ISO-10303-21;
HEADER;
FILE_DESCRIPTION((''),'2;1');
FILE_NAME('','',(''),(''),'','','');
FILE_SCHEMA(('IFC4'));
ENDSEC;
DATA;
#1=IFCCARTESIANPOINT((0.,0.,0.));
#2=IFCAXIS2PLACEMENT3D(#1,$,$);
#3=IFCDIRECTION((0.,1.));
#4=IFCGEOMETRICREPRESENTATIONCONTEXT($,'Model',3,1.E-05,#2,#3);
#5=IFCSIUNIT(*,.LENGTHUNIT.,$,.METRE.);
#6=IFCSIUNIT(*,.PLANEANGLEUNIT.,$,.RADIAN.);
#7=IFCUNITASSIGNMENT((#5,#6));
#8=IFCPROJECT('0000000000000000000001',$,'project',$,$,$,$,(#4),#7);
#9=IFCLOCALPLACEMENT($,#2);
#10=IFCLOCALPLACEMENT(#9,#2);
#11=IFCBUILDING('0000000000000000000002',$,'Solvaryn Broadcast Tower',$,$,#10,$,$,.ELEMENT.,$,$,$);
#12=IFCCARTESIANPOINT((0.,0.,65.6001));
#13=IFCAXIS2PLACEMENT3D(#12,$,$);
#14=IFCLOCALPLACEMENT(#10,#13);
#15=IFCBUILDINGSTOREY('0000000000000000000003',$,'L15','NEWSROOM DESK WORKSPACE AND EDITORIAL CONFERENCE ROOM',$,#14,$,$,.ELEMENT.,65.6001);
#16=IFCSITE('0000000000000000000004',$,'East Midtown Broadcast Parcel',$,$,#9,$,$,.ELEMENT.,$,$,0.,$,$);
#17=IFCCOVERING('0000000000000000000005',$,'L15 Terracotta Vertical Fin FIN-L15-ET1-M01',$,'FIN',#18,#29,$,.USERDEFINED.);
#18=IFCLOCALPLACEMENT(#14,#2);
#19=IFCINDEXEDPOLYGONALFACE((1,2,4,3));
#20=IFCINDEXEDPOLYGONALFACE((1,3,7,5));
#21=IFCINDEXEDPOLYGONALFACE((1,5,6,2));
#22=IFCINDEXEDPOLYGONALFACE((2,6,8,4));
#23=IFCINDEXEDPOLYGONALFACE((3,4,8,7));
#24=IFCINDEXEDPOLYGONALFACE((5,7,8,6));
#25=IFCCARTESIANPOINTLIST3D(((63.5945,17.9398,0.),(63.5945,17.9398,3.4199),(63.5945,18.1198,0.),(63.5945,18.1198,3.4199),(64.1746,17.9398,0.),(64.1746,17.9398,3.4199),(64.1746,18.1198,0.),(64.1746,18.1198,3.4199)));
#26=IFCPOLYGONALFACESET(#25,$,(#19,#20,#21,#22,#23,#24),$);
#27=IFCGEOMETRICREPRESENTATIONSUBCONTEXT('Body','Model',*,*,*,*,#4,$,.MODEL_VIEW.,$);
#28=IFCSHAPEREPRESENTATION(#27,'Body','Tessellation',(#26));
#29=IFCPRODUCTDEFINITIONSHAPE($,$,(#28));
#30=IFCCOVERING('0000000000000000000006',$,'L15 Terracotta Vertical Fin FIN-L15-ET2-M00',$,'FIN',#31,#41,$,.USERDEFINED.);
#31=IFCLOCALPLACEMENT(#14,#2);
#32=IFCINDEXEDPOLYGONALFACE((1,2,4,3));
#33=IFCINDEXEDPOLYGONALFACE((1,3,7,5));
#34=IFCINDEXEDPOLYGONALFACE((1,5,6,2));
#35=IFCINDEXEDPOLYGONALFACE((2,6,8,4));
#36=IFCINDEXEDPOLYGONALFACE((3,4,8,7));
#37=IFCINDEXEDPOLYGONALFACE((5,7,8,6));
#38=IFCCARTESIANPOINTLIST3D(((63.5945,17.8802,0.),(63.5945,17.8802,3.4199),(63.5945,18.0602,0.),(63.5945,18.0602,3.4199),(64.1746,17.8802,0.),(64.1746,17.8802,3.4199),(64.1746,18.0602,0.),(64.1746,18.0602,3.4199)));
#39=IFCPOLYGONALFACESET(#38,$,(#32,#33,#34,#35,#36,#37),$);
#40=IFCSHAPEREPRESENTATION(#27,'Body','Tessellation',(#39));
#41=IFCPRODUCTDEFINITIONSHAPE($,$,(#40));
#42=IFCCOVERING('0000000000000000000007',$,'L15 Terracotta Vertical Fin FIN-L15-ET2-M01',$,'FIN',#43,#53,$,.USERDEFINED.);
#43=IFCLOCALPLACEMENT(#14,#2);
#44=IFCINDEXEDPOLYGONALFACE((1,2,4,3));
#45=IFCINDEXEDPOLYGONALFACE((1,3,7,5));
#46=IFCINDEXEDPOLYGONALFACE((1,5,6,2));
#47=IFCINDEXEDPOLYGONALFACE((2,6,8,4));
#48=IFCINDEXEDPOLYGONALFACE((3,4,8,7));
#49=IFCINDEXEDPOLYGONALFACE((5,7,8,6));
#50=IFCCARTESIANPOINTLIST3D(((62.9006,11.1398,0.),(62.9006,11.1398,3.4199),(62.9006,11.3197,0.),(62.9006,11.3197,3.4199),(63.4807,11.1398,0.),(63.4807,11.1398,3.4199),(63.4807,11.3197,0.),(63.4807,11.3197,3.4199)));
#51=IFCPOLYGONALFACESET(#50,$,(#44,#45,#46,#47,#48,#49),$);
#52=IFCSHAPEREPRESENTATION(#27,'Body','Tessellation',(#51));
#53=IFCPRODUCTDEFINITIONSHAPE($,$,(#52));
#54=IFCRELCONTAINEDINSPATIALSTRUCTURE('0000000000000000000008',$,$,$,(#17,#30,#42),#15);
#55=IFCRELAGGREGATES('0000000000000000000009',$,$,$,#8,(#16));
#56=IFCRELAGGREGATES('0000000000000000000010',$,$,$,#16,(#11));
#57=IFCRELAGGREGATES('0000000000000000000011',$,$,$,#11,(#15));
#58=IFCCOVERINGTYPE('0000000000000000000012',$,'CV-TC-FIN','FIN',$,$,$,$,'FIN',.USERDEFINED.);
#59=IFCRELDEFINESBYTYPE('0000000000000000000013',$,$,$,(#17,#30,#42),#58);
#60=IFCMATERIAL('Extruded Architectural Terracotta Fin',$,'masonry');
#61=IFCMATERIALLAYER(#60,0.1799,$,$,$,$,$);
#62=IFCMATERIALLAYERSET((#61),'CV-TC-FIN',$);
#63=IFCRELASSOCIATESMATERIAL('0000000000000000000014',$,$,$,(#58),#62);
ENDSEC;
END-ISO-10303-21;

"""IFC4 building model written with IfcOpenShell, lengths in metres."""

from ifc_helpers import new_model, si_unit, direction, frame, origin, origin_2d, place, context, subcontext, project, spatial, rectangle, extrude, material, layer, layer_set, type_object, element, save


model = new_model("IFC4")

# Units and contexts
model_context = context("Model", 3, precision=1e-05, world=origin(), true_north=direction((0.0, 1.0)))
body_context = subcontext(model_context, "Body", "Model", "MODEL_VIEW")
ifc_project = project(units=[si_unit("LENGTHUNIT", "METRE"), si_unit("PLANEANGLEUNIT", "RADIAN")], contexts=[model_context])

# Site, building, storey
site_placement = place(None, origin())
site = spatial("IfcSite", under=ifc_project, at=site_placement, Name="East Midtown Broadcast Parcel", CompositionType="ELEMENT", RefElevation=0.0)
building_placement = place(site_placement, origin())
building = spatial("IfcBuilding", under=site, at=building_placement, Name="Solvaryn Broadcast Tower", CompositionType="ELEMENT")
storey_placement = place(building_placement, frame((0.0, 0.0, 65.6001)))
storey = spatial("IfcBuildingStorey", under=building, at=storey_placement, Name="L15", Description="NEWSROOM DESK WORKSPACE AND EDITORIAL CONFERENCE ROOM", CompositionType="ELEMENT", Elevation=65.6001)

# Coverings
ifc_material_1 = material(Name="Extruded Architectural Terracotta Fin", Category="masonry")
ifc_layer_1 = layer(ifc_material_1, 0.1799)
ifc_layer_set_1 = layer_set([ifc_layer_1], Name="CV-TC-FIN")
covering_type_1 = type_object("IfcCoveringType", Name="CV-TC-FIN", Description="FIN", ElementType="FIN", PredefinedType="USERDEFINED", material=ifc_layer_set_1)
for number, where, z_axis, x_axis, name in (
    (1, (63.8845, 18.0298, 0.0), (0.0, 0.0, 1.0), (1.0, 0.0, 0.0), "L15 Terracotta Vertical Fin FIN-L15-ET1-M01"),
    (2, (63.8845, 17.9702, 0.0), (0.0, 0.0, 1.0), (1.0, 0.0, 0.0), "L15 Terracotta Vertical Fin FIN-L15-ET2-M00"),
    (3, (63.1907, 11.2297, 0.0), (0.0, 0.0, 1.0), (1.0, 0.0, 0.0), "L15 Terracotta Vertical Fin FIN-L15-ET2-M01"),
):
    element("IfcCovering", number, at=place(storey_placement, frame(where, z_axis=z_axis, x_axis=x_axis)), inside=storey, type_object=covering_type_1, Name=name, ObjectType="FIN", PredefinedType="USERDEFINED", context=body_context, shape_type="SweptSolid", body=[
        extrude(rectangle(XDim=0.5801, YDim=0.1799, at=origin_2d()), origin(), (0.0, 0.0, 1.0), 3.4199),
    ])

save(model, "model.ifc")
